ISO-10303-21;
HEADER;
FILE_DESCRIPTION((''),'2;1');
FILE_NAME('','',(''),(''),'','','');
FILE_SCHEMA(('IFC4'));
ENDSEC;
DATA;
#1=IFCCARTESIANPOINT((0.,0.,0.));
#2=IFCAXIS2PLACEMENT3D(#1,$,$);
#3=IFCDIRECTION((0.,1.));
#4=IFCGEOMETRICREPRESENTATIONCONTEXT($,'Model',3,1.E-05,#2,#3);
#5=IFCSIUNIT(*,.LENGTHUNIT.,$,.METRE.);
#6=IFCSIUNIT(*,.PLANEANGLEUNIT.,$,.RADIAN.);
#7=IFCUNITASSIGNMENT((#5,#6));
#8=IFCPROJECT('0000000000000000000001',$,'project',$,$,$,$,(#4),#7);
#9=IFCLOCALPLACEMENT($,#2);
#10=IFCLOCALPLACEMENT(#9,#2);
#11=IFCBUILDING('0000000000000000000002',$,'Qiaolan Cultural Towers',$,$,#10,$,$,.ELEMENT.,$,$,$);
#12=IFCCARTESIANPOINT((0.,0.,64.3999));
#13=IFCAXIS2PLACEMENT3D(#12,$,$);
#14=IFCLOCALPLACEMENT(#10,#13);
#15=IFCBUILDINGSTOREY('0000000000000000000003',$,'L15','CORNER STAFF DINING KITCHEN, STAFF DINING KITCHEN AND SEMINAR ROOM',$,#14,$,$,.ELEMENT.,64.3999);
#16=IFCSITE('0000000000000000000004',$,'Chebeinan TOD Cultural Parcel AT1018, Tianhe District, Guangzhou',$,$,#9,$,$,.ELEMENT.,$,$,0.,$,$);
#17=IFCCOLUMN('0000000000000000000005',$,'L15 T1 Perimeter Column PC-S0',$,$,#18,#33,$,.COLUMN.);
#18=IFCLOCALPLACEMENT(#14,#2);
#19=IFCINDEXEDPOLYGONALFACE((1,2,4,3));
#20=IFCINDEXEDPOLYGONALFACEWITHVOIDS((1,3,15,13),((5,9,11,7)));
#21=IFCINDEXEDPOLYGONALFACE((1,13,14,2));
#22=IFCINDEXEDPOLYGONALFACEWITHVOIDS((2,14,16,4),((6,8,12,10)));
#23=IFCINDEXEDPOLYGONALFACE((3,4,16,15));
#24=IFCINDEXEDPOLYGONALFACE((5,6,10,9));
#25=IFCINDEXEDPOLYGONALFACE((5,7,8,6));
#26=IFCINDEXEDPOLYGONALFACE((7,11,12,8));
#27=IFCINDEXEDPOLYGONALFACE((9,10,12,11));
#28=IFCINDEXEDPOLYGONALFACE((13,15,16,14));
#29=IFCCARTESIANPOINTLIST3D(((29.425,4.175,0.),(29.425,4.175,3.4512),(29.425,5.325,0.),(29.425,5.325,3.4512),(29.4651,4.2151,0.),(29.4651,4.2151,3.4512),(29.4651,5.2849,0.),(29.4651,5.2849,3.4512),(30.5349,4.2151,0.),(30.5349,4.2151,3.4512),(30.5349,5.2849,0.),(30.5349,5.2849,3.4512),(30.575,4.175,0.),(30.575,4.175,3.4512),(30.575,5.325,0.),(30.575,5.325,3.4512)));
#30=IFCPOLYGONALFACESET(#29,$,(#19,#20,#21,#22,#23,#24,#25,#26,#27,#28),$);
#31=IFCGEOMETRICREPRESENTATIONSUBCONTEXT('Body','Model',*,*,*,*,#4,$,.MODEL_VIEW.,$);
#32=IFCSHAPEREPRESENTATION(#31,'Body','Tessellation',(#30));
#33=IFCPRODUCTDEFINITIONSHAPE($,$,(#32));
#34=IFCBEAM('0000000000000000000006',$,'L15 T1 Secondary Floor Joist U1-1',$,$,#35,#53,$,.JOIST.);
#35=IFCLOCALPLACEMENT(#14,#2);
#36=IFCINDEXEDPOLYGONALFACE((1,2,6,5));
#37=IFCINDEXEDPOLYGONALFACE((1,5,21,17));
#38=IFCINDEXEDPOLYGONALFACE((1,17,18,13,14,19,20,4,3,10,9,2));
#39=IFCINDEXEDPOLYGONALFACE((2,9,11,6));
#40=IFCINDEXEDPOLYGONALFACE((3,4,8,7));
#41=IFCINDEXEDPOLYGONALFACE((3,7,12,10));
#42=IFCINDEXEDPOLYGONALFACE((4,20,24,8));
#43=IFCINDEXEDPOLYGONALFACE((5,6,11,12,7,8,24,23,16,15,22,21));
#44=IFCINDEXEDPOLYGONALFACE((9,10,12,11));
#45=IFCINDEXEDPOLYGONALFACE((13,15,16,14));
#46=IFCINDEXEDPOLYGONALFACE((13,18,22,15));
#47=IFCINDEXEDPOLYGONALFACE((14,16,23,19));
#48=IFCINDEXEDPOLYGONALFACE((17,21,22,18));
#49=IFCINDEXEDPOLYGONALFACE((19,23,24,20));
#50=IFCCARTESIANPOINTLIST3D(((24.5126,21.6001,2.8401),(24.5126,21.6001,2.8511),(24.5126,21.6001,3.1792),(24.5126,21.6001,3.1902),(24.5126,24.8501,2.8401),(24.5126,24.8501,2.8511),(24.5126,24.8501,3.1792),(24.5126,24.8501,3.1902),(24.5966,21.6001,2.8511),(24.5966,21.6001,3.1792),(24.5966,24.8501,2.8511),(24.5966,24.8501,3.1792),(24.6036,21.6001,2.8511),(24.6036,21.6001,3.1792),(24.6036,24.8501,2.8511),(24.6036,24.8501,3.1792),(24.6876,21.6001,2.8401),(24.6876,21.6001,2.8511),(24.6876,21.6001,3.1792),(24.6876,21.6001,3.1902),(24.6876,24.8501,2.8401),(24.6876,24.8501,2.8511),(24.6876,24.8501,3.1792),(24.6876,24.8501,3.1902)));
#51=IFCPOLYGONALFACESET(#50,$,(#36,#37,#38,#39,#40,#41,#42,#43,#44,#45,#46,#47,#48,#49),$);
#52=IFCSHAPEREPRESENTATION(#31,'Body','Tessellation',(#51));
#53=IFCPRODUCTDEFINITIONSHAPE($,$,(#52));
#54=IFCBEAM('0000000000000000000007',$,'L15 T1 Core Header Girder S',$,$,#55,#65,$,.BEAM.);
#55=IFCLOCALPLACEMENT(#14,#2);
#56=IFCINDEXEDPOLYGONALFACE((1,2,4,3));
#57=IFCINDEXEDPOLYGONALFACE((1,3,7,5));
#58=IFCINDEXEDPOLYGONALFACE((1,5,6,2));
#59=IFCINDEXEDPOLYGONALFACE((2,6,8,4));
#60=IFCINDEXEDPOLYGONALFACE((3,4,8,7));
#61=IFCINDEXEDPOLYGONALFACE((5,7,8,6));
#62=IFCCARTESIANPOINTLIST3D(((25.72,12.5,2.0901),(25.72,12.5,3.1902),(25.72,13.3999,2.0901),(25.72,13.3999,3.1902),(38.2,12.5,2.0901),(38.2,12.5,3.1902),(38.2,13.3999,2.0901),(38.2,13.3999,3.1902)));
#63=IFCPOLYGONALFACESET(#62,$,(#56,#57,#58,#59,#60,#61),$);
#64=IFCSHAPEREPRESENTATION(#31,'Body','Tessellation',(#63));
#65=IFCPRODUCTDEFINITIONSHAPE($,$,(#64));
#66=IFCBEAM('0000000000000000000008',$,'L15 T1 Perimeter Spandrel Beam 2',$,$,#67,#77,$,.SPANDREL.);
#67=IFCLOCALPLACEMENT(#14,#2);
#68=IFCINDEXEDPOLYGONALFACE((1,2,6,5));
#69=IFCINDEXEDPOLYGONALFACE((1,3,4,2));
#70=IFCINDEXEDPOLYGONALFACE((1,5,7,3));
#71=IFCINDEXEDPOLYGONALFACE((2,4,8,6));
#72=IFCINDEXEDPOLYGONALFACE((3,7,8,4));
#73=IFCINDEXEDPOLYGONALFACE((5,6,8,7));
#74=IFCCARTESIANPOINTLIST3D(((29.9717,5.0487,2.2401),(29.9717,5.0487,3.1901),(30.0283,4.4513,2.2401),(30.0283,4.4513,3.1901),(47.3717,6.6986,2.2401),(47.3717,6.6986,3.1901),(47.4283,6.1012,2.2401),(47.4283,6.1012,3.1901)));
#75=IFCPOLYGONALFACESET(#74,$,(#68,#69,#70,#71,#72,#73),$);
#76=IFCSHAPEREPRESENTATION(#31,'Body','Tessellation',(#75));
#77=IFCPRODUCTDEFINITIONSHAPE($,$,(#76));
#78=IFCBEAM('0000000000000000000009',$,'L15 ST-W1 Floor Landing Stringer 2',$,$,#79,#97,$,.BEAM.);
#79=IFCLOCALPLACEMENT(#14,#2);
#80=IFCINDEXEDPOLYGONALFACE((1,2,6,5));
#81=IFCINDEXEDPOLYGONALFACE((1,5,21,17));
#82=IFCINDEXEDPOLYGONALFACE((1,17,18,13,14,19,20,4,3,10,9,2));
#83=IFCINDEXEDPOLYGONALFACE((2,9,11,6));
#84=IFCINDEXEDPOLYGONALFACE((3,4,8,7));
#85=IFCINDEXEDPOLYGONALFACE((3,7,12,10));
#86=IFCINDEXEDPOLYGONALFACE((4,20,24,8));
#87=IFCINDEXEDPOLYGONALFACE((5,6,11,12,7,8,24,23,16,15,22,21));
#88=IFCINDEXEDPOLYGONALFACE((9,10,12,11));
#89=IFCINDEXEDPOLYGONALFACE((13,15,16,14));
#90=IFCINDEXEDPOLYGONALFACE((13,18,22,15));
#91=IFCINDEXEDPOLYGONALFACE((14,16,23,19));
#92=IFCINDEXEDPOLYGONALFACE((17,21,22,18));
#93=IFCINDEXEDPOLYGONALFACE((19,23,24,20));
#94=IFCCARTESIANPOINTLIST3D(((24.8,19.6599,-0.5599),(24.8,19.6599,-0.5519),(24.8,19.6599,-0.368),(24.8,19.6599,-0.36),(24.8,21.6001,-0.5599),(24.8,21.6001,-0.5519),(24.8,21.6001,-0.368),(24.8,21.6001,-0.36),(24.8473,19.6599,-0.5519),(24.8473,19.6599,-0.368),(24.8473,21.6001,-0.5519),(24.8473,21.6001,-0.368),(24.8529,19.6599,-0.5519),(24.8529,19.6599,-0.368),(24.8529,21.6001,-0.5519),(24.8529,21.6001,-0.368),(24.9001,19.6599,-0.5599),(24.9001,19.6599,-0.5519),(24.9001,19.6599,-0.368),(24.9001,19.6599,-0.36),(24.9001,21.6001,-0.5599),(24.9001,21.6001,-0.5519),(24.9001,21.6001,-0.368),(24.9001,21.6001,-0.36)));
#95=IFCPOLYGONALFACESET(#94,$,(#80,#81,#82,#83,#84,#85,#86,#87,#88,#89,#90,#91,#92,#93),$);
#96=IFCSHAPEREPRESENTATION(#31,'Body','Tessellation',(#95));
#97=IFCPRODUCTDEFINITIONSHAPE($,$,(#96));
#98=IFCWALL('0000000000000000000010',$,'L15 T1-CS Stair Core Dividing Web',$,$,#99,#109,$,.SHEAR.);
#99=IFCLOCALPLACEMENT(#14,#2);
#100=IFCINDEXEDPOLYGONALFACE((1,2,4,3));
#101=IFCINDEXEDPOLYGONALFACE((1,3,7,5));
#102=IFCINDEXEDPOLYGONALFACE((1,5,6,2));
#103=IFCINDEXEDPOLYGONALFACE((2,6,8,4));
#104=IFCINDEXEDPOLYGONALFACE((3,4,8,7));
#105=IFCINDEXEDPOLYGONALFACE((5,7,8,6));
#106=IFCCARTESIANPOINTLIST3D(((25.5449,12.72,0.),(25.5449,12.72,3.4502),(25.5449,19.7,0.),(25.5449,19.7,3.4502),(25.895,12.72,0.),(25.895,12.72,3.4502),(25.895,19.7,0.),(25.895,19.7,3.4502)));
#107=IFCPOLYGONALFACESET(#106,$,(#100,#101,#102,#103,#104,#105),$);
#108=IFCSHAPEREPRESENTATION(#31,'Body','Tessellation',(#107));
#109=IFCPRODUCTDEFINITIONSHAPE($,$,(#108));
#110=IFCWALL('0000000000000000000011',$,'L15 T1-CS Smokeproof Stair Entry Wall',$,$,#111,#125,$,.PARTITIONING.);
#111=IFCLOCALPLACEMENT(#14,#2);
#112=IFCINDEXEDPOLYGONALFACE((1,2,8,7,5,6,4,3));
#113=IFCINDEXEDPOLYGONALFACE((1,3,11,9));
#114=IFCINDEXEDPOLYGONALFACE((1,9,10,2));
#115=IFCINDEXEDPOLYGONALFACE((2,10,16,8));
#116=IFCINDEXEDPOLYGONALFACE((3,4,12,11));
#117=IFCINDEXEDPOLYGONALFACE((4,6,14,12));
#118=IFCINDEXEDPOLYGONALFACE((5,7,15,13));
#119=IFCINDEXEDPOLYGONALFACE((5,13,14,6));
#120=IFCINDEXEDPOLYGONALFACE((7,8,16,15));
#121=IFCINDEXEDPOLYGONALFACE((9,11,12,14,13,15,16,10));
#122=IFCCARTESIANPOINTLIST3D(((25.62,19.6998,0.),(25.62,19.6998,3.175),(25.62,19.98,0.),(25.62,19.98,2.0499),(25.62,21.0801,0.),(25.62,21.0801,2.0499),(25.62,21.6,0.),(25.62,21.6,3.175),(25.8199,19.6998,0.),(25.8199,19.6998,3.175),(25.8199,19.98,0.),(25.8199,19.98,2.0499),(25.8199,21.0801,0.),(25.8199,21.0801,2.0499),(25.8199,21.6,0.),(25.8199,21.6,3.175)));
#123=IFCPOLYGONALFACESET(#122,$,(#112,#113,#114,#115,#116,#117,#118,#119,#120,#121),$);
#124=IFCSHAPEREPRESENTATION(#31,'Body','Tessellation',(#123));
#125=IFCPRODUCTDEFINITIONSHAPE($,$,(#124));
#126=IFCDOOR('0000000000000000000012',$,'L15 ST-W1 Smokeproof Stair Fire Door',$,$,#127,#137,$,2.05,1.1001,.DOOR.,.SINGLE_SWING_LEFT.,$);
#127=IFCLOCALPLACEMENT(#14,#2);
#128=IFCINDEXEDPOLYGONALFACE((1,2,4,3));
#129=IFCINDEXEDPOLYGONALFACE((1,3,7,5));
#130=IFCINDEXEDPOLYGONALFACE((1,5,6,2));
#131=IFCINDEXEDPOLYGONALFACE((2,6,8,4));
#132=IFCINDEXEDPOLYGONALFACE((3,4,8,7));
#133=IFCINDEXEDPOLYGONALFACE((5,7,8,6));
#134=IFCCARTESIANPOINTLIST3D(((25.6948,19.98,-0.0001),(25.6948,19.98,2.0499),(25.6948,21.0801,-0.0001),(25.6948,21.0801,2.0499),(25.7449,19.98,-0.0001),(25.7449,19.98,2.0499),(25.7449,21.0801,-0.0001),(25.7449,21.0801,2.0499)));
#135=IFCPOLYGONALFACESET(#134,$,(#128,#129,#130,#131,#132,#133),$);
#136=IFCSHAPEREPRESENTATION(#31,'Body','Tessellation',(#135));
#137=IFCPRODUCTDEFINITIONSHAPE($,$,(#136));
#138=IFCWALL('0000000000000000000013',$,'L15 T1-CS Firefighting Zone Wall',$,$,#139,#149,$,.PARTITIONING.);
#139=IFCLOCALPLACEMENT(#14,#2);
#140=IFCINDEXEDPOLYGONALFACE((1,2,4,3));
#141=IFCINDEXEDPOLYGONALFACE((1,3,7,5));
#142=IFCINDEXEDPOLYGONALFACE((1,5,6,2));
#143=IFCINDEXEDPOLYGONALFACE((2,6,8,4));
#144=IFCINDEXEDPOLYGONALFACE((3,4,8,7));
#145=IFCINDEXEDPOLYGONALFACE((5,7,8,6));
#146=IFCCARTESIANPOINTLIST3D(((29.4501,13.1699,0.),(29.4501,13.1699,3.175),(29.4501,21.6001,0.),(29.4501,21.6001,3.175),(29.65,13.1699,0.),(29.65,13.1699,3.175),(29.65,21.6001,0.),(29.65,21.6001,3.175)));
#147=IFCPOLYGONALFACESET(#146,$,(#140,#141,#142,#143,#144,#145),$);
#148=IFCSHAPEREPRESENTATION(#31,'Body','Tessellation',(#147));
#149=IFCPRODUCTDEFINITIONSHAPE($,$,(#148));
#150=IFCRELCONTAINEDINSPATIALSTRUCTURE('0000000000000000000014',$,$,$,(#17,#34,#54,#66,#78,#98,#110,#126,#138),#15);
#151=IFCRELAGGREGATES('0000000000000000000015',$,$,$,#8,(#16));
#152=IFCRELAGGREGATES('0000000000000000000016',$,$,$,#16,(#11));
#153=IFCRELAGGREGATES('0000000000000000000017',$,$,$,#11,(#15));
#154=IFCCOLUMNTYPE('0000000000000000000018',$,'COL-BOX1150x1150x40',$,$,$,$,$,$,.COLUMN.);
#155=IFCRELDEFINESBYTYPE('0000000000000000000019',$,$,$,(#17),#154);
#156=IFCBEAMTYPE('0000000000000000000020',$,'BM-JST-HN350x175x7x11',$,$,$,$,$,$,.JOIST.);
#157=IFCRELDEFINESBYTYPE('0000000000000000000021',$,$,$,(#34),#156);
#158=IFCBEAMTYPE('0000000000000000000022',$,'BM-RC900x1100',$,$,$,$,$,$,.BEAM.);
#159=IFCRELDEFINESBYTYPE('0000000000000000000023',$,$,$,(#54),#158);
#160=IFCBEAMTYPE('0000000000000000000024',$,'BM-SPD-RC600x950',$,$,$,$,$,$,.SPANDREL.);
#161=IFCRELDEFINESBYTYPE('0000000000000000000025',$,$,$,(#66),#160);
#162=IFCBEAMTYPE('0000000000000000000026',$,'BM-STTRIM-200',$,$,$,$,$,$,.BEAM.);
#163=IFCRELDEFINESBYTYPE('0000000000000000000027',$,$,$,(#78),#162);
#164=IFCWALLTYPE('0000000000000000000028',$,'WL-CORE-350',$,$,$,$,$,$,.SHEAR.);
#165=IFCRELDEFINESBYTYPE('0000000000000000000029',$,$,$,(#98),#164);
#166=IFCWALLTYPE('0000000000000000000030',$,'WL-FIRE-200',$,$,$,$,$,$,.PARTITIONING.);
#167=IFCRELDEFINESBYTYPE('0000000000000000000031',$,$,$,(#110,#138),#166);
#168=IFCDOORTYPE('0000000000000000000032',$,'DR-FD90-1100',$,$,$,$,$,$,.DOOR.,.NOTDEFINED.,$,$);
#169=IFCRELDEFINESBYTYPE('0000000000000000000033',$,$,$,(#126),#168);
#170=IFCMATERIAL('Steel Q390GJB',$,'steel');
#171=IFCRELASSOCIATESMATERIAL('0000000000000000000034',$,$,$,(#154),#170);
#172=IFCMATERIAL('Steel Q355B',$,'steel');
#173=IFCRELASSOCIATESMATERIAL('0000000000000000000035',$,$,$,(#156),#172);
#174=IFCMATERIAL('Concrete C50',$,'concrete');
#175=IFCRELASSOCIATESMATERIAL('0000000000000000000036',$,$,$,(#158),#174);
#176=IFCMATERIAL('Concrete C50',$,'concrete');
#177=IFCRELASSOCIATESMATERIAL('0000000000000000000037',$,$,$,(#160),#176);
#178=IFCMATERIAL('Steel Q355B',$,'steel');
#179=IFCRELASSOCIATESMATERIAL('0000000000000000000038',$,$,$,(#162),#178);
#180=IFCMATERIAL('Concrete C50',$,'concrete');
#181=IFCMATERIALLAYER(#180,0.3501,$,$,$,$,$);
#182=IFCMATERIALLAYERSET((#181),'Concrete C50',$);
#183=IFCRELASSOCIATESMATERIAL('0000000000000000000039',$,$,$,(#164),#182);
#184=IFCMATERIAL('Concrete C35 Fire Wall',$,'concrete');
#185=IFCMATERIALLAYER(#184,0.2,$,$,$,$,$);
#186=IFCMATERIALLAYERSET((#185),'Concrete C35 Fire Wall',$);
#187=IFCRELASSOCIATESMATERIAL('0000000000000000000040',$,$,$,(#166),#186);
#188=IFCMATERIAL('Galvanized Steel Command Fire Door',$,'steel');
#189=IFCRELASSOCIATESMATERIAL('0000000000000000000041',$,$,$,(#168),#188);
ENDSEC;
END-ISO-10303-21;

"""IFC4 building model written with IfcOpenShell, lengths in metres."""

from ifc_helpers import new_model, si_unit, direction, frame, frame_2d, origin, origin_2d, place, context, subcontext, project, spatial, rectangle, hollow_rectangle, i_section, extrude, material, layer, layer_set, material_profile, profile_set, type_object, element, fill, save


model = new_model("IFC4")

# Units and contexts
model_context = context("Model", 3, precision=1e-05, world=origin(), true_north=direction((0.0, 1.0)))
body_context = subcontext(model_context, "Body", "Model", "MODEL_VIEW")
ifc_project = project(units=[si_unit("LENGTHUNIT", "METRE"), si_unit("PLANEANGLEUNIT", "RADIAN")], contexts=[model_context])

# Site, building, storey
site_placement = place(None, origin())
site = spatial("IfcSite", under=ifc_project, at=site_placement, Name="Chebeinan TOD Cultural Parcel AT1018, Tianhe District, Guangzhou", CompositionType="ELEMENT", RefElevation=0.0)
building_placement = place(site_placement, origin())
building = spatial("IfcBuilding", under=site, at=building_placement, Name="Qiaolan Cultural Towers", CompositionType="ELEMENT")
storey_placement = place(building_placement, frame((0.0, 0.0, 64.3999)))
storey = spatial("IfcBuildingStorey", under=building, at=storey_placement, Name="L15", Description="CORNER STAFF DINING KITCHEN, STAFF DINING KITCHEN AND SEMINAR ROOM", CompositionType="ELEMENT", Elevation=64.3999)

# Column
ifc_material_1 = material(Name="Steel Q390GJB", Category="steel")
ifc_material_profile_1 = material_profile(ifc_material_1, hollow_rectangle(XDim=1.1499, YDim=1.1499, WallThickness=0.04, at=origin_2d()), Name="BOX1150x1150x40")
ifc_profile_set_1 = profile_set([ifc_material_profile_1], Name="Steel Q390GJB")
column_type = type_object("IfcColumnType", Name="COL-BOX1150x1150x40", PredefinedType="COLUMN", material=ifc_profile_set_1)
column_placement = place(storey_placement, frame((30.0, 4.75, 0.0), z_axis=(0.0, 0.0, 1.0), x_axis=(1.0, 0.0, 0.0)))
element("IfcColumn", 1, at=column_placement, inside=storey, type_object=column_type, Name="L15 T1 Perimeter Column PC-S0", PredefinedType="COLUMN", context=body_context, shape_type="SweptSolid", body=[
    extrude(hollow_rectangle(XDim=1.1499, YDim=1.1499, WallThickness=0.04, at=origin_2d()), origin(), (0.0, 0.0, 1.0), 3.4512),
])

# Beams
ifc_material_2 = material(Name="Steel Q355B", Category="steel")
ifc_material_profile_2 = material_profile(ifc_material_2, i_section(OverallWidth=0.175, OverallDepth=0.3501, WebThickness=0.0071, FlangeThickness=0.011, at=origin_2d()), Name="HN350x175x7x11")
ifc_profile_set_2 = profile_set([ifc_material_profile_2], Name="Steel Q355B")
beam_type_1 = type_object("IfcBeamType", Name="BM-JST-HN350x175x7x11", PredefinedType="JOIST", material=ifc_profile_set_2)
beam_1_placement = place(storey_placement, frame((24.6001, 21.6001, 3.0151), z_axis=(0.0, 1.0, 0.0), x_axis=(-1.0, 0.0, 0.0)))
element("IfcBeam", 2, at=beam_1_placement, inside=storey, type_object=beam_type_1, Name="L15 T1 Secondary Floor Joist U1-1", PredefinedType="JOIST", context=body_context, shape_type="SweptSolid", body=[
    extrude(i_section(OverallWidth=0.175, OverallDepth=0.3501, WebThickness=0.0071, FlangeThickness=0.011, at=origin_2d()), origin(), (0.0, 0.0, 1.0), 3.25),
])
ifc_material_3 = material(Name="Concrete C50", Category="concrete")
ifc_material_profile_3 = material_profile(ifc_material_3, rectangle(XDim=0.8999, YDim=1.1001, at=origin_2d()), Name="RC900x1100")
ifc_profile_set_3 = profile_set([ifc_material_profile_3], Name="Concrete C50")
beam_type_2 = type_object("IfcBeamType", Name="BM-RC900x1100", PredefinedType="BEAM", material=ifc_profile_set_3)
beam_2_placement = place(storey_placement, frame((25.72, 12.95, 2.6401), z_axis=(1.0, 0.0, 0.0), x_axis=(0.0, 1.0, 0.0)))
element("IfcBeam", 3, at=beam_2_placement, inside=storey, type_object=beam_type_2, Name="L15 T1 Core Header Girder S", PredefinedType="BEAM", context=body_context, shape_type="SweptSolid", body=[
    extrude(rectangle(XDim=0.8999, YDim=1.1001, at=origin_2d()), origin(), (0.0, 0.0, 1.0), 12.48),
])
ifc_material_4 = material(Name="Concrete C50", Category="concrete")
ifc_material_profile_4 = material_profile(ifc_material_4, rectangle(XDim=0.6001, YDim=0.95, at=origin_2d()), Name="RC600x950")
ifc_profile_set_4 = profile_set([ifc_material_profile_4], Name="Concrete C50")
beam_type_3 = type_object("IfcBeamType", Name="BM-SPD-RC600x950", PredefinedType="SPANDREL", material=ifc_profile_set_4)
beam_3_placement = place(storey_placement, frame((30.0, 4.75, 2.7151), z_axis=(0.995534, 0.094399, 0.0), x_axis=(-0.094399, 0.995534, 0.0)))
element("IfcBeam", 4, at=beam_3_placement, inside=storey, type_object=beam_type_3, Name="L15 T1 Perimeter Spandrel Beam 2", PredefinedType="SPANDREL", context=body_context, shape_type="SweptSolid", body=[
    extrude(rectangle(XDim=0.6001, YDim=0.95, at=origin_2d()), origin(), (0.0, 0.0, 1.0), 17.478),
])
ifc_material_5 = material(Name="Steel Q355B", Category="steel")
ifc_material_profile_5 = material_profile(ifc_material_5, i_section(OverallWidth=0.1001, OverallDepth=0.2, WebThickness=0.0056, FlangeThickness=0.0081, at=origin_2d()), Name="HN200x100x5.5x8")
ifc_profile_set_5 = profile_set([ifc_material_profile_5], Name="Steel Q355B")
beam_type_4 = type_object("IfcBeamType", Name="BM-STTRIM-200", PredefinedType="BEAM", material=ifc_profile_set_5)
beam_4_placement = place(storey_placement, frame((24.8501, 21.6001, -0.46), z_axis=(0.0, -1.0, 0.0), x_axis=(1.0, 0.0, 0.0)))
element("IfcBeam", 5, at=beam_4_placement, inside=storey, type_object=beam_type_4, Name="L15 ST-W1 Floor Landing Stringer 2", PredefinedType="BEAM", context=body_context, shape_type="SweptSolid", body=[
    extrude(i_section(OverallWidth=0.1001, OverallDepth=0.2, WebThickness=0.0056, FlangeThickness=0.0081, at=origin_2d()), origin(), (0.0, 0.0, 1.0), 1.9402),
])

# Wall
ifc_material_6 = material(Name="Concrete C50", Category="concrete")
ifc_layer_1 = layer(ifc_material_6, 0.3501)
ifc_layer_set_1 = layer_set([ifc_layer_1], Name="Concrete C50")
wall_type_1 = type_object("IfcWallType", Name="WL-CORE-350", PredefinedType="SHEAR", material=ifc_layer_set_1)
wall_1_placement = place(storey_placement, frame((25.72, 19.7, 0.0), z_axis=(0.0, 0.0, 1.0), x_axis=(0.0, -1.0, 0.0)))
element("IfcWall", 6, at=wall_1_placement, inside=storey, type_object=wall_type_1, Name="L15 T1-CS Stair Core Dividing Web", PredefinedType="SHEAR", context=body_context, shape_type="SweptSolid", body=[
    extrude(rectangle(XDim=6.98, YDim=0.3501, at=frame_2d((3.49, 0.0))), origin(), (0.0, 0.0, 1.0), 3.4502),
])

# Wall, opening, door
ifc_material_7 = material(Name="Concrete C35 Fire Wall", Category="concrete")
ifc_layer_2 = layer(ifc_material_7, 0.2)
ifc_layer_set_2 = layer_set([ifc_layer_2], Name="Concrete C35 Fire Wall")
wall_type_2 = type_object("IfcWallType", Name="WL-FIRE-200", PredefinedType="PARTITIONING", material=ifc_layer_set_2)
wall_2_placement = place(storey_placement, frame((25.72, 21.6001, 0.0), z_axis=(0.0, 0.0, 1.0), x_axis=(0.0, -1.0, 0.0)))
wall_2 = element("IfcWall", 7, at=wall_2_placement, inside=storey, type_object=wall_type_2, Name="L15 T1-CS Smokeproof Stair Entry Wall", PredefinedType="PARTITIONING", context=body_context, shape_type="SweptSolid", body=[
    extrude(rectangle(XDim=1.9001, YDim=0.2, at=frame_2d((0.9502, 0.0))), origin(), (0.0, 0.0, 1.0), 3.175),
])
opening_1_placement = place(wall_2_placement, frame((0.52, 0.0, 0.0)))
opening_1 = element("IfcOpeningElement", 8, at=opening_1_placement, cuts=wall_2, PredefinedType="OPENING", context=body_context, shape_type="SweptSolid", body=[
    extrude(rectangle(XDim=1.1001, YDim=2.05, at=frame_2d((0.55, 1.0249))), frame((0.0, 0.1099, 0.0), z_axis=(0.0, -1.0, 0.0), x_axis=(1.0, 0.0, 0.0)), (0.0, 0.0, 1.0), 0.22),
])
ifc_material_8 = material(Name="Galvanized Steel Command Fire Door", Category="steel")
door_type_1 = type_object("IfcDoorType", Name="DR-FD90-1100", OperationType="NOTDEFINED", PredefinedType="DOOR", material=ifc_material_8)
door_1_placement = place(opening_1_placement, origin())
door_1 = element("IfcDoor", 9, at=door_1_placement, inside=storey, type_object=door_type_1, Name="L15 ST-W1 Smokeproof Stair Fire Door", OperationType="SINGLE_SWING_LEFT", OverallHeight=2.05, OverallWidth=1.1001, PredefinedType="DOOR", context=body_context, shape_type="SweptSolid", body=[
    extrude(rectangle(XDim=1.1001, YDim=2.05, at=frame_2d((0.55, 1.0249))), frame((0.0, 0.0249, 0.0), z_axis=(0.0, -1.0, 0.0), x_axis=(1.0, 0.0, 0.0)), (0.0, 0.0, 1.0), 0.05),
])
fill(opening_1, door_1)

# Wall
wall_3_placement = place(storey_placement, frame((29.55, 21.6001, 0.0), z_axis=(0.0, 0.0, 1.0), x_axis=(0.0, -1.0, 0.0)))
element("IfcWall", 10, at=wall_3_placement, inside=storey, type_object=wall_type_2, Name="L15 T1-CS Firefighting Zone Wall", PredefinedType="PARTITIONING", context=body_context, shape_type="SweptSolid", body=[
    extrude(rectangle(XDim=8.4302, YDim=0.2, at=frame_2d((4.2151, 0.0))), origin(), (0.0, 0.0, 1.0), 3.175),
])

save(model, "model.ifc")
